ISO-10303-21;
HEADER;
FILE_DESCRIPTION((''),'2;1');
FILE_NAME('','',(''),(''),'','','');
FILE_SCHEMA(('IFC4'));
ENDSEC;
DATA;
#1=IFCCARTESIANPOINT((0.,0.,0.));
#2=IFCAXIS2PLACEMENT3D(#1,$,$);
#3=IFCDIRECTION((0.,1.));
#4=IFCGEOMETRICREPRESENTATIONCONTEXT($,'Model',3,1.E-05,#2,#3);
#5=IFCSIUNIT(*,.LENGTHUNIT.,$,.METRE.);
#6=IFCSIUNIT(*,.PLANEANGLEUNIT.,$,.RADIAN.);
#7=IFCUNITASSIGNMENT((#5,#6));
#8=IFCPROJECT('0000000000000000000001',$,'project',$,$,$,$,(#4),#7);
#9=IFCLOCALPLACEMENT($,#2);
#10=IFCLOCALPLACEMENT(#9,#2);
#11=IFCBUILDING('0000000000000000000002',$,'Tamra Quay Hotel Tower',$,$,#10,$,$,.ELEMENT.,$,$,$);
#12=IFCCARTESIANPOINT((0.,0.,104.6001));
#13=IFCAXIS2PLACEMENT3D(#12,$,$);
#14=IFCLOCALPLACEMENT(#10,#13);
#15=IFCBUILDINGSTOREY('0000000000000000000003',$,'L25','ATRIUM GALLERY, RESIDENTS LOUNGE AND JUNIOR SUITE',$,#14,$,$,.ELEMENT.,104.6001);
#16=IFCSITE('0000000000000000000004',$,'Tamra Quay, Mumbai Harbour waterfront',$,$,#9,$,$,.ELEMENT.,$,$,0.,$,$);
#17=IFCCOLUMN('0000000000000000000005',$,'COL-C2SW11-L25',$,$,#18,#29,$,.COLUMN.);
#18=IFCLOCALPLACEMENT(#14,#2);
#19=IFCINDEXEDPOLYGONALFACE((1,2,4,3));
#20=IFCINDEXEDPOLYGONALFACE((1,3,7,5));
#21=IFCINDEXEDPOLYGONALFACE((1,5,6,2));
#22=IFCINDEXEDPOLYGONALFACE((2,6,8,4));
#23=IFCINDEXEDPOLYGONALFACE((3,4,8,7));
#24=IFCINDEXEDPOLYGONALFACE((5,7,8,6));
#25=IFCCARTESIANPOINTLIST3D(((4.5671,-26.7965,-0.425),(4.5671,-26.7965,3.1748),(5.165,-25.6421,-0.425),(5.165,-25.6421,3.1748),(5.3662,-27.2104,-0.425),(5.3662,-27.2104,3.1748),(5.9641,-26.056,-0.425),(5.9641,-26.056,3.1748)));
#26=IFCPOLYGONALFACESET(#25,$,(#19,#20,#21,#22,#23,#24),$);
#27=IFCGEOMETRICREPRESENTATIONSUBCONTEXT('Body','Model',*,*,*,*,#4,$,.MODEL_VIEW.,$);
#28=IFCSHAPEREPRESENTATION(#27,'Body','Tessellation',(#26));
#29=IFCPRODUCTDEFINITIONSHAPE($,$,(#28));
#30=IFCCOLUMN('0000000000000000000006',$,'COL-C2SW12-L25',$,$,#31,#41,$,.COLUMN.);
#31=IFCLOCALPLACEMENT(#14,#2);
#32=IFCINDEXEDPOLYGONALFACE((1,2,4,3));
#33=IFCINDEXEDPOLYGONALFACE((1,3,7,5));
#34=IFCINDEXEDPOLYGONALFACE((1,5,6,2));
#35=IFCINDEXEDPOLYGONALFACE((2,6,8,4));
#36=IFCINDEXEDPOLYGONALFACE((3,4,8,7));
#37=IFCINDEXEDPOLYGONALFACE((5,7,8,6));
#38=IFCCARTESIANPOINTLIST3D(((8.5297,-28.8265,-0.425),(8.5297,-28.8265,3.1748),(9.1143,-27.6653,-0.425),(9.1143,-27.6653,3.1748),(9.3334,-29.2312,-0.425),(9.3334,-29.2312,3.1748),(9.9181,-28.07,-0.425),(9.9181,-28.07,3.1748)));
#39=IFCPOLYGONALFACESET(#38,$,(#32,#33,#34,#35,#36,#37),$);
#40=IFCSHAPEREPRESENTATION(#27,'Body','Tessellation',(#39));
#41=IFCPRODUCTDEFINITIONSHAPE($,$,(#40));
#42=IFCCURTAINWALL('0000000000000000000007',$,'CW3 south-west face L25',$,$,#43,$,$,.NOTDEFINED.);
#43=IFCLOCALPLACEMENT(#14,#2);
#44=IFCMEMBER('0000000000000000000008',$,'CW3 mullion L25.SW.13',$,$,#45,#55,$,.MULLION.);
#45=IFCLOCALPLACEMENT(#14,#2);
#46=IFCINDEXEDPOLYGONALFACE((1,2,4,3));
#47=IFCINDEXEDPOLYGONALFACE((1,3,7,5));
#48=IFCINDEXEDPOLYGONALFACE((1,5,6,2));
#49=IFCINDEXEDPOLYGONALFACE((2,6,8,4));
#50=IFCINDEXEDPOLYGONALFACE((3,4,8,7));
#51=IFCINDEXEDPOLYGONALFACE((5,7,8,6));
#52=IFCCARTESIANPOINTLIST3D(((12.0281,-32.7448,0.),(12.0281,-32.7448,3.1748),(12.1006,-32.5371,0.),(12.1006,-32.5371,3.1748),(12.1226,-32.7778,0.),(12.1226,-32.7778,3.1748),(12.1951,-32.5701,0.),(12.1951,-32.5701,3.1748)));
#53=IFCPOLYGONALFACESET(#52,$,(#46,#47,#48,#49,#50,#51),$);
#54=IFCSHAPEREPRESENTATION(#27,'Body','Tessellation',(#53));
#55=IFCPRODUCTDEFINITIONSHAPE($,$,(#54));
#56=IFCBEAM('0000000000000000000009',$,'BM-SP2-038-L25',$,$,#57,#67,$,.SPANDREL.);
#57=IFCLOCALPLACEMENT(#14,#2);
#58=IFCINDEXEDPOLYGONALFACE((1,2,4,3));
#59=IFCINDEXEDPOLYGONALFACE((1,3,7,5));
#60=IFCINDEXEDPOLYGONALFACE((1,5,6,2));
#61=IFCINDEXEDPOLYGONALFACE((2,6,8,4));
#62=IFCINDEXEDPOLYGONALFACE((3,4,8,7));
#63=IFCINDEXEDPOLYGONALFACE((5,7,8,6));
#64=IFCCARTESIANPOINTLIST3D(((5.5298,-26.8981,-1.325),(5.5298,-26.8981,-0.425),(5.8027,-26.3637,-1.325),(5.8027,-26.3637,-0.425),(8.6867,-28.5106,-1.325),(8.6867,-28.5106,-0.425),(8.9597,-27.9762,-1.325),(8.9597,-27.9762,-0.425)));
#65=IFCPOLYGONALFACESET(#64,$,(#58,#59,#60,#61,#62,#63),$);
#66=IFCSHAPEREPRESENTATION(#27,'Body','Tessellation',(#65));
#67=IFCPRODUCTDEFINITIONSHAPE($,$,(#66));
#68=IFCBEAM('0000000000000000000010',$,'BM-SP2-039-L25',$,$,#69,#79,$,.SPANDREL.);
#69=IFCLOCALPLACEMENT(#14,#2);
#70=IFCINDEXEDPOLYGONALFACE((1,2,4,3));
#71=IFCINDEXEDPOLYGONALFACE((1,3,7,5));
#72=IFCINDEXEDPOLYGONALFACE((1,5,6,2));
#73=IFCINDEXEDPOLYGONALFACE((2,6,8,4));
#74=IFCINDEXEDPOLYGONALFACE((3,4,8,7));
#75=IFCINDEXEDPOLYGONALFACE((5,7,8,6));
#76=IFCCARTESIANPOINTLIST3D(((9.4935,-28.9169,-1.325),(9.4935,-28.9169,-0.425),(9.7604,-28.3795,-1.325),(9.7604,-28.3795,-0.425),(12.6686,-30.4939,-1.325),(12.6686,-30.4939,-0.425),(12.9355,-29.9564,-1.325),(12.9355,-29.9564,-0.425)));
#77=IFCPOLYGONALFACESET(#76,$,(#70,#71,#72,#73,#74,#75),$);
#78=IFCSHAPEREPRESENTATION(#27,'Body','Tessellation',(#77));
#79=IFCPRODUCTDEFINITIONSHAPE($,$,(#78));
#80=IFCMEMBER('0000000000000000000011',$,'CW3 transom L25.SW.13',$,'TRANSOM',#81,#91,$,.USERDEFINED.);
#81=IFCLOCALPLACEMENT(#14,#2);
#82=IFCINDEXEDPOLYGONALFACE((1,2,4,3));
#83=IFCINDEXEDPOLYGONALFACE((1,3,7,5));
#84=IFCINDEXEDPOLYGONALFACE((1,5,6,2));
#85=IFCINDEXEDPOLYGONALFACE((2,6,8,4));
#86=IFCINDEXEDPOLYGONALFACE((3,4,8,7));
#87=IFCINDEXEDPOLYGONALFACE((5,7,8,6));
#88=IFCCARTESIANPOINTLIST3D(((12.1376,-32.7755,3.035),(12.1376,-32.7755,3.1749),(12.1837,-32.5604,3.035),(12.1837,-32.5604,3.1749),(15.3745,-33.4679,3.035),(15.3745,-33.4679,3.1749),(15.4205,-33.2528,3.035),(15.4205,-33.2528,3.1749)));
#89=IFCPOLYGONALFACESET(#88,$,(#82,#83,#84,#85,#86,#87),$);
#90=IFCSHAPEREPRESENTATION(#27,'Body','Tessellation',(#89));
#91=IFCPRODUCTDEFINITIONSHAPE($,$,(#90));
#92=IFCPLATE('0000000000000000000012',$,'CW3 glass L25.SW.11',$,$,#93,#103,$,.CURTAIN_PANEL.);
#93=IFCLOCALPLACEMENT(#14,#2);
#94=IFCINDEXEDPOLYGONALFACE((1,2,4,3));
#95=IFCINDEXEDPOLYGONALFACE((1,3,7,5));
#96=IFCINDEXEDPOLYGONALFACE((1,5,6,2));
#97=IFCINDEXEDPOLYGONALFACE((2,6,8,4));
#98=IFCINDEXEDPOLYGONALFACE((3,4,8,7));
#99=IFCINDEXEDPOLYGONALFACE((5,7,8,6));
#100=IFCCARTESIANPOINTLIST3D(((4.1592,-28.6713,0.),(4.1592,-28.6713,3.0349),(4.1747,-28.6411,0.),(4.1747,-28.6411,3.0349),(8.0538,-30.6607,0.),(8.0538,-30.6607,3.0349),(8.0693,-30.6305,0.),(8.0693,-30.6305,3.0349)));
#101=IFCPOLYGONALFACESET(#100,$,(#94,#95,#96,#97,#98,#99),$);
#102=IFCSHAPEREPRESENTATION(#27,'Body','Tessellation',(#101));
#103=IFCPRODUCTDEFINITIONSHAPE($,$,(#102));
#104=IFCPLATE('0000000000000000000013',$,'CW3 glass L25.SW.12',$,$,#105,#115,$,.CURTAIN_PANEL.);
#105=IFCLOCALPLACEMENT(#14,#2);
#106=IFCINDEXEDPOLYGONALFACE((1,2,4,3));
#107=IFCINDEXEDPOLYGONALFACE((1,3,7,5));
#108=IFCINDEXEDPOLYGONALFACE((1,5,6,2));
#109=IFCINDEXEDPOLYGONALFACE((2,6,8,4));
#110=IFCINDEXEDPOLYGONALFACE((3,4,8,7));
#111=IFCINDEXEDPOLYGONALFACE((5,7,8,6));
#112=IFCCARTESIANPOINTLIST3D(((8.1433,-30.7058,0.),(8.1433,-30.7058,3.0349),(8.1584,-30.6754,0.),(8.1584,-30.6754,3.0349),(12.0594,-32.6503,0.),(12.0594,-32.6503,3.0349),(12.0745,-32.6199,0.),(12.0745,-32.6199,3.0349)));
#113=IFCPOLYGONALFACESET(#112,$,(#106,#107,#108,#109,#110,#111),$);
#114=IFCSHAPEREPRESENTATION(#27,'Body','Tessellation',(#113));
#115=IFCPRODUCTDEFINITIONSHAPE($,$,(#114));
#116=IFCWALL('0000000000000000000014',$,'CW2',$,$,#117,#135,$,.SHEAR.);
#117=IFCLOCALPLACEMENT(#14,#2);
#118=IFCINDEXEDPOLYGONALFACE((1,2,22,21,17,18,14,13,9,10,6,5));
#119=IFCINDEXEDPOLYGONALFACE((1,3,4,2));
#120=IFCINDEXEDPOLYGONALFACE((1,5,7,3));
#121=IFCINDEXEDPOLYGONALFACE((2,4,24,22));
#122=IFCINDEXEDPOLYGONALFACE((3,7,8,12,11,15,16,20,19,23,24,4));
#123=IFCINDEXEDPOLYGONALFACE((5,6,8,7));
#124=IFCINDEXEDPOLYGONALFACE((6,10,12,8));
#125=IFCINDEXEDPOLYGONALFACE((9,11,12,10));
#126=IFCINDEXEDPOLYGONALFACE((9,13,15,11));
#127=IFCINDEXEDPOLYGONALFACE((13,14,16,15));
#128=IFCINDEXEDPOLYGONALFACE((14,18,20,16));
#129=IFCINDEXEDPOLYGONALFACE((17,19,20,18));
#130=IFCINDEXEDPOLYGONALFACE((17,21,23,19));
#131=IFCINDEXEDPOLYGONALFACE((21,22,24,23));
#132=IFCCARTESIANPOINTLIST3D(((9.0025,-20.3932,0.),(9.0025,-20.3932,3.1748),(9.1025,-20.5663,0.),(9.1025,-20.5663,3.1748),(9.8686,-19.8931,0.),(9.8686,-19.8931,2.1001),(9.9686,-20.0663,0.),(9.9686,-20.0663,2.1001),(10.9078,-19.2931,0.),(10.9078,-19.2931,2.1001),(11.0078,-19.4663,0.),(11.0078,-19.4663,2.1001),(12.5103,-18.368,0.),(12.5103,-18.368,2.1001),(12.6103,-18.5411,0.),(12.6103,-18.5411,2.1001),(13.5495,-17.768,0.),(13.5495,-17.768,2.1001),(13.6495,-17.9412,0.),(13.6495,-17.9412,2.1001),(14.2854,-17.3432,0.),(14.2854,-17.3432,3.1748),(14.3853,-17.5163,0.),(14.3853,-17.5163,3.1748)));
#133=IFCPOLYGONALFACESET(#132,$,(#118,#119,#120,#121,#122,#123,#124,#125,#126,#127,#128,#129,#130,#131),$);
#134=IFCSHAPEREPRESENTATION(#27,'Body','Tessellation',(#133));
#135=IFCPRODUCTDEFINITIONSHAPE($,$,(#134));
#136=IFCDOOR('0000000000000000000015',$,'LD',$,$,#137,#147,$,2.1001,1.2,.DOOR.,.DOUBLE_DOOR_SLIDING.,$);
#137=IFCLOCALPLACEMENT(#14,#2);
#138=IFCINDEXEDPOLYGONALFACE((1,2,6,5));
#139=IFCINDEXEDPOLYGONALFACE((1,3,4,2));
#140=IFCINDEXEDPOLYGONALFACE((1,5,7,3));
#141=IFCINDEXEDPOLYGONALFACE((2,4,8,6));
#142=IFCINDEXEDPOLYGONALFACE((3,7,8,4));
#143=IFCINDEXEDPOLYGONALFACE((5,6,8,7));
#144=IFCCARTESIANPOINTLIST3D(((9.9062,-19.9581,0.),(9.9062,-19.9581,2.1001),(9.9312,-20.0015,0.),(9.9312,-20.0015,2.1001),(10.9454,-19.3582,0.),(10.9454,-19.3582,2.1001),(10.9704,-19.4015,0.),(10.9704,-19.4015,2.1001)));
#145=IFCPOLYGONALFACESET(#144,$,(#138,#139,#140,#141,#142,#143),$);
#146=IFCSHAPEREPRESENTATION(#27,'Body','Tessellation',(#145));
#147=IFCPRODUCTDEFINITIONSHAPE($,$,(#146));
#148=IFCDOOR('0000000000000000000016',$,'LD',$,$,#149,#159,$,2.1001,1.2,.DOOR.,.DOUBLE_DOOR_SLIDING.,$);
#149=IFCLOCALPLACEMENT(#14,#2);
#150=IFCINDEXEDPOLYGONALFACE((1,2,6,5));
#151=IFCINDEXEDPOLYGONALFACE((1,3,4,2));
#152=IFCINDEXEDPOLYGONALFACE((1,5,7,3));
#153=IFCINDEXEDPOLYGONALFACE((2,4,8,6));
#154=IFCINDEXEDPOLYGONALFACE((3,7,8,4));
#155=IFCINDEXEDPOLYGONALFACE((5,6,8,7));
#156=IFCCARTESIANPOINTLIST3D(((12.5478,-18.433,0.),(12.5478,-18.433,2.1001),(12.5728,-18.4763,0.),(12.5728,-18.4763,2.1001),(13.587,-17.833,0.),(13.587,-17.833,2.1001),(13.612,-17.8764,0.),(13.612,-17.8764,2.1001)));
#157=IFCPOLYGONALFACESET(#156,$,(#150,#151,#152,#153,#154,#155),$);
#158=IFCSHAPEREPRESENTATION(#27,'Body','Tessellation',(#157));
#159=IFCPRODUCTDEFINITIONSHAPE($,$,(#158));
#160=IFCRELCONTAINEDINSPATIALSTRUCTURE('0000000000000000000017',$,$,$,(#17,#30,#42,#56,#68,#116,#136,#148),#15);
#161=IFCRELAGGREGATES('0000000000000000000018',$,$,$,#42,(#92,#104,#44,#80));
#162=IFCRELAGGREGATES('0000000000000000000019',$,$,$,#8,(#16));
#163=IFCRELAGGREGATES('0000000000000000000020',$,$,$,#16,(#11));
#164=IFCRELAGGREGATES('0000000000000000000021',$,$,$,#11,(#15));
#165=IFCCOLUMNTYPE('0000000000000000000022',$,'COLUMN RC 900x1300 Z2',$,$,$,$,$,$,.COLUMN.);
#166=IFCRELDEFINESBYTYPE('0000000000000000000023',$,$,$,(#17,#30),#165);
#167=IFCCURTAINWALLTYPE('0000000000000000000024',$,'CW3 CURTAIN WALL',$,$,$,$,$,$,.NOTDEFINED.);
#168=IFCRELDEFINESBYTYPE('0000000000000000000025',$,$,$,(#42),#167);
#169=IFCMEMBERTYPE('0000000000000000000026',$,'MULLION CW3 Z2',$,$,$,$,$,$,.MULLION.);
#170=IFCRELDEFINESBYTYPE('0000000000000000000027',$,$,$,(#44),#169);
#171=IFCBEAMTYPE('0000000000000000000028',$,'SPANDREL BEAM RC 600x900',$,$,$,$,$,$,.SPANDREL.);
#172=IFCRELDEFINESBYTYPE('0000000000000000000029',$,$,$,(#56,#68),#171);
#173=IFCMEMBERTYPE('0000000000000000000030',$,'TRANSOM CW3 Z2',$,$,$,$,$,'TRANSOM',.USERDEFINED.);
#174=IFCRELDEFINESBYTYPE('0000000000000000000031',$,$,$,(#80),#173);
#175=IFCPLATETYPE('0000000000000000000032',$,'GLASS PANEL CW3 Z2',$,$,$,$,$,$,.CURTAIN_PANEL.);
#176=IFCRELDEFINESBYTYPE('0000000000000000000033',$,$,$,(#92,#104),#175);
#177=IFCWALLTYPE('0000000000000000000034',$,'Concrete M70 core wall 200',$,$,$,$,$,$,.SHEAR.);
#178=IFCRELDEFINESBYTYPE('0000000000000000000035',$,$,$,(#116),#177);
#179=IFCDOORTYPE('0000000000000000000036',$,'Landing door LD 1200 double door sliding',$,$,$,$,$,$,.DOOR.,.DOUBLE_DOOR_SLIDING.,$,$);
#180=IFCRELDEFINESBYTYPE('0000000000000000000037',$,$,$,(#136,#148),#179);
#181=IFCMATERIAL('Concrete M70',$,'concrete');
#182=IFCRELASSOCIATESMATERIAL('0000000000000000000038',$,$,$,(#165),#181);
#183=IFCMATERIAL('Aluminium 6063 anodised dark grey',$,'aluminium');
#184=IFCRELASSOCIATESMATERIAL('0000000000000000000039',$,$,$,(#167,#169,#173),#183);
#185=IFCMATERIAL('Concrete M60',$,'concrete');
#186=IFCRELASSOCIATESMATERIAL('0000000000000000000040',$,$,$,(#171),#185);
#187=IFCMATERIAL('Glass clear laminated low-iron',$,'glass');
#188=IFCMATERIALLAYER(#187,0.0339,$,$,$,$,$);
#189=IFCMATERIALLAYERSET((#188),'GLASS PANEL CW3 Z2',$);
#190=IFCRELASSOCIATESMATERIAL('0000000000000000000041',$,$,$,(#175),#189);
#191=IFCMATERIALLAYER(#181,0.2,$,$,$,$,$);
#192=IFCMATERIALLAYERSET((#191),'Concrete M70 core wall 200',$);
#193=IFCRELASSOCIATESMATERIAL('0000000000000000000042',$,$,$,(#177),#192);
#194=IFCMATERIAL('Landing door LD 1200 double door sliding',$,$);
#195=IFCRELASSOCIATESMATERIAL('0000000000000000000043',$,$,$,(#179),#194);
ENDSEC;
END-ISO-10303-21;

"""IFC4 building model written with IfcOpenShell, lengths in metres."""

from ifc_helpers import new_model, si_unit, direction, frame, frame_2d, origin, origin_2d, place, context, subcontext, project, spatial, rectangle, extrude, material, layer, layer_set, material_profile, profile_set, type_object, element, fill, aggregate, save


model = new_model("IFC4")

# Units and contexts
model_context = context("Model", 3, precision=1e-05, world=origin(), true_north=direction((0.0, 1.0)))
body_context = subcontext(model_context, "Body", "Model", "MODEL_VIEW")
ifc_project = project(units=[si_unit("LENGTHUNIT", "METRE"), si_unit("PLANEANGLEUNIT", "RADIAN")], contexts=[model_context])

# Site, building, storey
site_placement = place(None, origin())
site = spatial("IfcSite", under=ifc_project, at=site_placement, Name="Tamra Quay, Mumbai Harbour waterfront", CompositionType="ELEMENT", RefElevation=0.0)
building_placement = place(site_placement, origin())
building = spatial("IfcBuilding", under=site, at=building_placement, Name="Tamra Quay Hotel Tower", CompositionType="ELEMENT")
storey_placement = place(building_placement, frame((0.0, 0.0, 104.6001)))
storey = spatial("IfcBuildingStorey", under=building, at=storey_placement, Name="L25", Description="ATRIUM GALLERY, RESIDENTS LOUNGE AND JUNIOR SUITE", CompositionType="ELEMENT", Elevation=104.6001)

# Columns
ifc_material_1 = material(Name="Concrete M70", Category="concrete")
ifc_material_profile_1 = material_profile(ifc_material_1, rectangle(XDim=1.3, YDim=0.8999, at=origin_2d()), Name="COLUMN RC 900x1300 Z2")
ifc_profile_set_1 = profile_set([ifc_material_profile_1], Name="Concrete M70")
column_type = type_object("IfcColumnType", Name="COLUMN RC 900x1300 Z2", PredefinedType="COLUMN", material=ifc_profile_set_1)
for number, where, z_axis, x_axis, name in (
    (1, (5.2656, -26.4263, -0.425), (0.0, 0.0, 1.0), (0.45989, 0.887976, 0.0), "COL-C2SW11-L25"),
    (2, (9.2239, -28.4482, -0.425), (0.0, 0.0, 1.0), (0.449727, 0.893166, 0.0), "COL-C2SW12-L25"),
):
    element("IfcColumn", number, at=place(storey_placement, frame(where, z_axis=z_axis, x_axis=x_axis)), inside=storey, type_object=column_type, Name=name, PredefinedType="COLUMN", context=body_context, shape_type="SweptSolid", body=[
        extrude(rectangle(XDim=1.3, YDim=0.8999, at=origin_2d()), origin(), (0.0, 0.0, 1.0), 3.5999),
    ])

# Curtain wall, member
ifc_material_2 = material(Name="Aluminium 6063 anodised dark grey", Category="aluminium")
curtain_wall_type = type_object("IfcCurtainWallType", Name="CW3 CURTAIN WALL", PredefinedType="NOTDEFINED", material=ifc_material_2)
curtain_wall_placement = place(storey_placement, origin())
curtain_wall = element("IfcCurtainWall", 3, at=curtain_wall_placement, inside=storey, type_object=curtain_wall_type, Name="CW3 south-west face L25", PredefinedType="NOTDEFINED")
ifc_material_profile_2 = material_profile(ifc_material_2, rectangle(XDim=0.22, YDim=0.1001, at=origin_2d()), Name="MULLION 100X220")
ifc_profile_set_2 = profile_set([ifc_material_profile_2], Name="Aluminium 6063 anodised dark grey")
member_type_1 = type_object("IfcMemberType", Name="MULLION CW3 Z2", PredefinedType="MULLION", material=ifc_profile_set_2)
member_1_placement = place(storey_placement, frame((12.1116, -32.6575, 0.0), z_axis=(0.0, 0.0, 1.0), x_axis=(-0.329532, -0.944144, 0.0)))
member_1 = element("IfcMember", 4, at=member_1_placement, type_object=member_type_1, Name="CW3 mullion L25.SW.13", PredefinedType="MULLION", context=body_context, shape_type="SweptSolid", body=[
    extrude(rectangle(XDim=0.22, YDim=0.1001, at=origin_2d()), origin(), (0.0, 0.0, 1.0), 3.1748),
])

# Beams
ifc_material_3 = material(Name="Concrete M60", Category="concrete")
ifc_material_profile_3 = material_profile(ifc_material_3, rectangle(XDim=0.6001, YDim=0.8999, at=origin_2d()), Name="SPANDREL BEAM RC 600x900")
ifc_profile_set_3 = profile_set([ifc_material_profile_3], Name="Concrete M60")
beam_type = type_object("IfcBeamType", Name="SPANDREL BEAM RC 600x900", PredefinedType="SPANDREL", material=ifc_profile_set_3)
beam_1_placement = place(storey_placement, frame((5.6663, -26.6309, -0.875), z_axis=(0.890551, -0.454883, 0.0), x_axis=(0.454883, 0.890551, 0.0)))
element("IfcBeam", 5, at=beam_1_placement, inside=storey, type_object=beam_type, Name="BM-SP2-038-L25", PredefinedType="SPANDREL", context=body_context, shape_type="SweptSolid", body=[
    extrude(rectangle(XDim=0.6001, YDim=0.8999, at=origin_2d()), origin(), (0.0, 0.0, 1.0), 3.5449),
])
beam_2_placement = place(storey_placement, frame((9.627, -28.6482, -0.875), z_axis=(0.895622, -0.444815, 0.0), x_axis=(0.444815, 0.895622, 0.0)))
element("IfcBeam", 6, at=beam_2_placement, inside=storey, type_object=beam_type, Name="BM-SP2-039-L25", PredefinedType="SPANDREL", context=body_context, shape_type="SweptSolid", body=[
    extrude(rectangle(XDim=0.6001, YDim=0.8999, at=origin_2d()), origin(), (0.0, 0.0, 1.0), 3.5452),
])

# Member
ifc_material_profile_4 = material_profile(ifc_material_2, rectangle(XDim=0.22, YDim=0.1399, at=origin_2d()), Name="TRANSOM 220X140")
ifc_profile_set_4 = profile_set([ifc_material_profile_4], Name="Aluminium 6063 anodised dark grey")
member_type_2 = type_object("IfcMemberType", Name="TRANSOM CW3 Z2", ElementType="TRANSOM", PredefinedType="USERDEFINED", material=ifc_profile_set_4)
member_2_placement = place(storey_placement, frame((12.1606, -32.668, 3.105), z_axis=(0.977878, -0.209176, 0.0), x_axis=(0.209176, 0.977878, 0.0)))
member_2 = element("IfcMember", 7, at=member_2_placement, type_object=member_type_2, Name="CW3 transom L25.SW.13", ObjectType="TRANSOM", PredefinedType="USERDEFINED", context=body_context, shape_type="SweptSolid", body=[
    extrude(rectangle(XDim=0.22, YDim=0.1399, at=origin_2d()), origin(), (0.0, 0.0, 1.0), 3.3101),
])

# Plates
ifc_material_4 = material(Name="Glass clear laminated low-iron", Category="glass")
ifc_layer_1 = layer(ifc_material_4, 0.0339)
ifc_layer_set_1 = layer_set([ifc_layer_1], Name="GLASS PANEL CW3 Z2")
plate_type = type_object("IfcPlateType", Name="GLASS PANEL CW3 Z2", PredefinedType="CURTAIN_PANEL", material=ifc_layer_set_1)
plate_1_placement = place(storey_placement, frame((6.1143, -29.6509, 0.0), z_axis=(0.0, 0.0, 1.0), x_axis=(0.890545, -0.454896, 0.0)))
plate_1 = element("IfcPlate", 8, at=plate_1_placement, type_object=plate_type, Name="CW3 glass L25.SW.11", PredefinedType="CURTAIN_PANEL", context=body_context, shape_type="SweptSolid", body=[
    extrude(rectangle(XDim=4.3733, YDim=0.0339, at=origin_2d()), origin(), (0.0, 0.0, 1.0), 3.0349),
])
plate_2_placement = place(storey_placement, frame((10.1089, -31.6628, 0.0), z_axis=(0.0, 0.0, 1.0), x_axis=(0.895658, -0.444743, 0.0)))
plate_2 = element("IfcPlate", 9, at=plate_2_placement, type_object=plate_type, Name="CW3 glass L25.SW.12", PredefinedType="CURTAIN_PANEL", context=body_context, shape_type="SweptSolid", body=[
    extrude(rectangle(XDim=4.3723, YDim=0.0339, at=origin_2d()), origin(), (0.0, 0.0, 1.0), 3.0349),
])
aggregate(curtain_wall, [plate_1, plate_2, member_1, member_2])

# Wall, openings, doors
ifc_layer_2 = layer(ifc_material_1, 0.2)
ifc_layer_set_2 = layer_set([ifc_layer_2], Name="Concrete M70 core wall 200")
wall_type_1 = type_object("IfcWallType", Name="Concrete M70 core wall 200", PredefinedType="SHEAR", material=ifc_layer_set_2)
wall_1_placement = place(storey_placement, frame((9.0525, -20.4797, 0.0), z_axis=(0.0, 0.0, 1.0), x_axis=(0.86603, 0.499992, 0.0)))
wall_1 = element("IfcWall", 10, at=wall_1_placement, inside=storey, type_object=wall_type_1, Name="CW2", PredefinedType="SHEAR", context=body_context, shape_type="SweptSolid", body=[
    extrude(rectangle(XDim=6.1001, YDim=0.2, at=frame_2d((3.05, 0.0))), origin(), (0.0, 0.0, 1.0), 3.1748),
])
opening_1_placement = place(wall_1_placement, frame((1.0, 0.0, 0.0)))
opening_1 = element("IfcOpeningElement", 11, at=opening_1_placement, cuts=wall_1, PredefinedType="OPENING", context=body_context, shape_type="SweptSolid", body=[
    extrude(rectangle(XDim=1.2, YDim=2.1001, at=frame_2d((0.6001, 1.05))), frame((0.0, 0.1099, 0.0), z_axis=(0.0, -1.0, 0.0), x_axis=(1.0, 0.0, 0.0)), (0.0, 0.0, 1.0), 0.22),
])
opening_2_placement = place(wall_1_placement, frame((4.0503, 0.0, 0.0)))
opening_2 = element("IfcOpeningElement", 12, at=opening_2_placement, cuts=wall_1, PredefinedType="OPENING", context=body_context, shape_type="SweptSolid", body=[
    extrude(rectangle(XDim=1.2, YDim=2.1001, at=frame_2d((0.6001, 1.05))), frame((0.0, 0.1099, 0.0), z_axis=(0.0, -1.0, 0.0), x_axis=(1.0, 0.0, 0.0)), (0.0, 0.0, 1.0), 0.22),
])
ifc_material_5 = material(Name="Landing door LD 1200 double door sliding")
door_type_1 = type_object("IfcDoorType", Name="Landing door LD 1200 double door sliding", OperationType="DOUBLE_DOOR_SLIDING", PredefinedType="DOOR", material=ifc_material_5)
door_1_placement = place(opening_1_placement, origin())
door_1 = element("IfcDoor", 13, at=door_1_placement, inside=storey, type_object=door_type_1, Name="LD", OperationType="DOUBLE_DOOR_SLIDING", OverallHeight=2.1001, OverallWidth=1.2, PredefinedType="DOOR", context=body_context, shape_type="SweptSolid", body=[
    extrude(rectangle(XDim=1.2, YDim=2.1001, at=frame_2d((0.6001, 1.05))), frame((0.0, 0.0249, 0.0), z_axis=(0.0, -1.0, 0.0), x_axis=(1.0, 0.0, 0.0)), (0.0, 0.0, 1.0), 0.05),
])
fill(opening_1, door_1)
door_2_placement = place(opening_2_placement, origin())
door_2 = element("IfcDoor", 14, at=door_2_placement, inside=storey, type_object=door_type_1, Name="LD", OperationType="DOUBLE_DOOR_SLIDING", OverallHeight=2.1001, OverallWidth=1.2, PredefinedType="DOOR", context=body_context, shape_type="SweptSolid", body=[
    extrude(rectangle(XDim=1.2, YDim=2.1001, at=frame_2d((0.6001, 1.05))), frame((0.0, 0.0249, 0.0), z_axis=(0.0, -1.0, 0.0), x_axis=(1.0, 0.0, 0.0)), (0.0, 0.0, 1.0), 0.05),
])
fill(opening_2, door_2)

save(model, "model.ifc")
